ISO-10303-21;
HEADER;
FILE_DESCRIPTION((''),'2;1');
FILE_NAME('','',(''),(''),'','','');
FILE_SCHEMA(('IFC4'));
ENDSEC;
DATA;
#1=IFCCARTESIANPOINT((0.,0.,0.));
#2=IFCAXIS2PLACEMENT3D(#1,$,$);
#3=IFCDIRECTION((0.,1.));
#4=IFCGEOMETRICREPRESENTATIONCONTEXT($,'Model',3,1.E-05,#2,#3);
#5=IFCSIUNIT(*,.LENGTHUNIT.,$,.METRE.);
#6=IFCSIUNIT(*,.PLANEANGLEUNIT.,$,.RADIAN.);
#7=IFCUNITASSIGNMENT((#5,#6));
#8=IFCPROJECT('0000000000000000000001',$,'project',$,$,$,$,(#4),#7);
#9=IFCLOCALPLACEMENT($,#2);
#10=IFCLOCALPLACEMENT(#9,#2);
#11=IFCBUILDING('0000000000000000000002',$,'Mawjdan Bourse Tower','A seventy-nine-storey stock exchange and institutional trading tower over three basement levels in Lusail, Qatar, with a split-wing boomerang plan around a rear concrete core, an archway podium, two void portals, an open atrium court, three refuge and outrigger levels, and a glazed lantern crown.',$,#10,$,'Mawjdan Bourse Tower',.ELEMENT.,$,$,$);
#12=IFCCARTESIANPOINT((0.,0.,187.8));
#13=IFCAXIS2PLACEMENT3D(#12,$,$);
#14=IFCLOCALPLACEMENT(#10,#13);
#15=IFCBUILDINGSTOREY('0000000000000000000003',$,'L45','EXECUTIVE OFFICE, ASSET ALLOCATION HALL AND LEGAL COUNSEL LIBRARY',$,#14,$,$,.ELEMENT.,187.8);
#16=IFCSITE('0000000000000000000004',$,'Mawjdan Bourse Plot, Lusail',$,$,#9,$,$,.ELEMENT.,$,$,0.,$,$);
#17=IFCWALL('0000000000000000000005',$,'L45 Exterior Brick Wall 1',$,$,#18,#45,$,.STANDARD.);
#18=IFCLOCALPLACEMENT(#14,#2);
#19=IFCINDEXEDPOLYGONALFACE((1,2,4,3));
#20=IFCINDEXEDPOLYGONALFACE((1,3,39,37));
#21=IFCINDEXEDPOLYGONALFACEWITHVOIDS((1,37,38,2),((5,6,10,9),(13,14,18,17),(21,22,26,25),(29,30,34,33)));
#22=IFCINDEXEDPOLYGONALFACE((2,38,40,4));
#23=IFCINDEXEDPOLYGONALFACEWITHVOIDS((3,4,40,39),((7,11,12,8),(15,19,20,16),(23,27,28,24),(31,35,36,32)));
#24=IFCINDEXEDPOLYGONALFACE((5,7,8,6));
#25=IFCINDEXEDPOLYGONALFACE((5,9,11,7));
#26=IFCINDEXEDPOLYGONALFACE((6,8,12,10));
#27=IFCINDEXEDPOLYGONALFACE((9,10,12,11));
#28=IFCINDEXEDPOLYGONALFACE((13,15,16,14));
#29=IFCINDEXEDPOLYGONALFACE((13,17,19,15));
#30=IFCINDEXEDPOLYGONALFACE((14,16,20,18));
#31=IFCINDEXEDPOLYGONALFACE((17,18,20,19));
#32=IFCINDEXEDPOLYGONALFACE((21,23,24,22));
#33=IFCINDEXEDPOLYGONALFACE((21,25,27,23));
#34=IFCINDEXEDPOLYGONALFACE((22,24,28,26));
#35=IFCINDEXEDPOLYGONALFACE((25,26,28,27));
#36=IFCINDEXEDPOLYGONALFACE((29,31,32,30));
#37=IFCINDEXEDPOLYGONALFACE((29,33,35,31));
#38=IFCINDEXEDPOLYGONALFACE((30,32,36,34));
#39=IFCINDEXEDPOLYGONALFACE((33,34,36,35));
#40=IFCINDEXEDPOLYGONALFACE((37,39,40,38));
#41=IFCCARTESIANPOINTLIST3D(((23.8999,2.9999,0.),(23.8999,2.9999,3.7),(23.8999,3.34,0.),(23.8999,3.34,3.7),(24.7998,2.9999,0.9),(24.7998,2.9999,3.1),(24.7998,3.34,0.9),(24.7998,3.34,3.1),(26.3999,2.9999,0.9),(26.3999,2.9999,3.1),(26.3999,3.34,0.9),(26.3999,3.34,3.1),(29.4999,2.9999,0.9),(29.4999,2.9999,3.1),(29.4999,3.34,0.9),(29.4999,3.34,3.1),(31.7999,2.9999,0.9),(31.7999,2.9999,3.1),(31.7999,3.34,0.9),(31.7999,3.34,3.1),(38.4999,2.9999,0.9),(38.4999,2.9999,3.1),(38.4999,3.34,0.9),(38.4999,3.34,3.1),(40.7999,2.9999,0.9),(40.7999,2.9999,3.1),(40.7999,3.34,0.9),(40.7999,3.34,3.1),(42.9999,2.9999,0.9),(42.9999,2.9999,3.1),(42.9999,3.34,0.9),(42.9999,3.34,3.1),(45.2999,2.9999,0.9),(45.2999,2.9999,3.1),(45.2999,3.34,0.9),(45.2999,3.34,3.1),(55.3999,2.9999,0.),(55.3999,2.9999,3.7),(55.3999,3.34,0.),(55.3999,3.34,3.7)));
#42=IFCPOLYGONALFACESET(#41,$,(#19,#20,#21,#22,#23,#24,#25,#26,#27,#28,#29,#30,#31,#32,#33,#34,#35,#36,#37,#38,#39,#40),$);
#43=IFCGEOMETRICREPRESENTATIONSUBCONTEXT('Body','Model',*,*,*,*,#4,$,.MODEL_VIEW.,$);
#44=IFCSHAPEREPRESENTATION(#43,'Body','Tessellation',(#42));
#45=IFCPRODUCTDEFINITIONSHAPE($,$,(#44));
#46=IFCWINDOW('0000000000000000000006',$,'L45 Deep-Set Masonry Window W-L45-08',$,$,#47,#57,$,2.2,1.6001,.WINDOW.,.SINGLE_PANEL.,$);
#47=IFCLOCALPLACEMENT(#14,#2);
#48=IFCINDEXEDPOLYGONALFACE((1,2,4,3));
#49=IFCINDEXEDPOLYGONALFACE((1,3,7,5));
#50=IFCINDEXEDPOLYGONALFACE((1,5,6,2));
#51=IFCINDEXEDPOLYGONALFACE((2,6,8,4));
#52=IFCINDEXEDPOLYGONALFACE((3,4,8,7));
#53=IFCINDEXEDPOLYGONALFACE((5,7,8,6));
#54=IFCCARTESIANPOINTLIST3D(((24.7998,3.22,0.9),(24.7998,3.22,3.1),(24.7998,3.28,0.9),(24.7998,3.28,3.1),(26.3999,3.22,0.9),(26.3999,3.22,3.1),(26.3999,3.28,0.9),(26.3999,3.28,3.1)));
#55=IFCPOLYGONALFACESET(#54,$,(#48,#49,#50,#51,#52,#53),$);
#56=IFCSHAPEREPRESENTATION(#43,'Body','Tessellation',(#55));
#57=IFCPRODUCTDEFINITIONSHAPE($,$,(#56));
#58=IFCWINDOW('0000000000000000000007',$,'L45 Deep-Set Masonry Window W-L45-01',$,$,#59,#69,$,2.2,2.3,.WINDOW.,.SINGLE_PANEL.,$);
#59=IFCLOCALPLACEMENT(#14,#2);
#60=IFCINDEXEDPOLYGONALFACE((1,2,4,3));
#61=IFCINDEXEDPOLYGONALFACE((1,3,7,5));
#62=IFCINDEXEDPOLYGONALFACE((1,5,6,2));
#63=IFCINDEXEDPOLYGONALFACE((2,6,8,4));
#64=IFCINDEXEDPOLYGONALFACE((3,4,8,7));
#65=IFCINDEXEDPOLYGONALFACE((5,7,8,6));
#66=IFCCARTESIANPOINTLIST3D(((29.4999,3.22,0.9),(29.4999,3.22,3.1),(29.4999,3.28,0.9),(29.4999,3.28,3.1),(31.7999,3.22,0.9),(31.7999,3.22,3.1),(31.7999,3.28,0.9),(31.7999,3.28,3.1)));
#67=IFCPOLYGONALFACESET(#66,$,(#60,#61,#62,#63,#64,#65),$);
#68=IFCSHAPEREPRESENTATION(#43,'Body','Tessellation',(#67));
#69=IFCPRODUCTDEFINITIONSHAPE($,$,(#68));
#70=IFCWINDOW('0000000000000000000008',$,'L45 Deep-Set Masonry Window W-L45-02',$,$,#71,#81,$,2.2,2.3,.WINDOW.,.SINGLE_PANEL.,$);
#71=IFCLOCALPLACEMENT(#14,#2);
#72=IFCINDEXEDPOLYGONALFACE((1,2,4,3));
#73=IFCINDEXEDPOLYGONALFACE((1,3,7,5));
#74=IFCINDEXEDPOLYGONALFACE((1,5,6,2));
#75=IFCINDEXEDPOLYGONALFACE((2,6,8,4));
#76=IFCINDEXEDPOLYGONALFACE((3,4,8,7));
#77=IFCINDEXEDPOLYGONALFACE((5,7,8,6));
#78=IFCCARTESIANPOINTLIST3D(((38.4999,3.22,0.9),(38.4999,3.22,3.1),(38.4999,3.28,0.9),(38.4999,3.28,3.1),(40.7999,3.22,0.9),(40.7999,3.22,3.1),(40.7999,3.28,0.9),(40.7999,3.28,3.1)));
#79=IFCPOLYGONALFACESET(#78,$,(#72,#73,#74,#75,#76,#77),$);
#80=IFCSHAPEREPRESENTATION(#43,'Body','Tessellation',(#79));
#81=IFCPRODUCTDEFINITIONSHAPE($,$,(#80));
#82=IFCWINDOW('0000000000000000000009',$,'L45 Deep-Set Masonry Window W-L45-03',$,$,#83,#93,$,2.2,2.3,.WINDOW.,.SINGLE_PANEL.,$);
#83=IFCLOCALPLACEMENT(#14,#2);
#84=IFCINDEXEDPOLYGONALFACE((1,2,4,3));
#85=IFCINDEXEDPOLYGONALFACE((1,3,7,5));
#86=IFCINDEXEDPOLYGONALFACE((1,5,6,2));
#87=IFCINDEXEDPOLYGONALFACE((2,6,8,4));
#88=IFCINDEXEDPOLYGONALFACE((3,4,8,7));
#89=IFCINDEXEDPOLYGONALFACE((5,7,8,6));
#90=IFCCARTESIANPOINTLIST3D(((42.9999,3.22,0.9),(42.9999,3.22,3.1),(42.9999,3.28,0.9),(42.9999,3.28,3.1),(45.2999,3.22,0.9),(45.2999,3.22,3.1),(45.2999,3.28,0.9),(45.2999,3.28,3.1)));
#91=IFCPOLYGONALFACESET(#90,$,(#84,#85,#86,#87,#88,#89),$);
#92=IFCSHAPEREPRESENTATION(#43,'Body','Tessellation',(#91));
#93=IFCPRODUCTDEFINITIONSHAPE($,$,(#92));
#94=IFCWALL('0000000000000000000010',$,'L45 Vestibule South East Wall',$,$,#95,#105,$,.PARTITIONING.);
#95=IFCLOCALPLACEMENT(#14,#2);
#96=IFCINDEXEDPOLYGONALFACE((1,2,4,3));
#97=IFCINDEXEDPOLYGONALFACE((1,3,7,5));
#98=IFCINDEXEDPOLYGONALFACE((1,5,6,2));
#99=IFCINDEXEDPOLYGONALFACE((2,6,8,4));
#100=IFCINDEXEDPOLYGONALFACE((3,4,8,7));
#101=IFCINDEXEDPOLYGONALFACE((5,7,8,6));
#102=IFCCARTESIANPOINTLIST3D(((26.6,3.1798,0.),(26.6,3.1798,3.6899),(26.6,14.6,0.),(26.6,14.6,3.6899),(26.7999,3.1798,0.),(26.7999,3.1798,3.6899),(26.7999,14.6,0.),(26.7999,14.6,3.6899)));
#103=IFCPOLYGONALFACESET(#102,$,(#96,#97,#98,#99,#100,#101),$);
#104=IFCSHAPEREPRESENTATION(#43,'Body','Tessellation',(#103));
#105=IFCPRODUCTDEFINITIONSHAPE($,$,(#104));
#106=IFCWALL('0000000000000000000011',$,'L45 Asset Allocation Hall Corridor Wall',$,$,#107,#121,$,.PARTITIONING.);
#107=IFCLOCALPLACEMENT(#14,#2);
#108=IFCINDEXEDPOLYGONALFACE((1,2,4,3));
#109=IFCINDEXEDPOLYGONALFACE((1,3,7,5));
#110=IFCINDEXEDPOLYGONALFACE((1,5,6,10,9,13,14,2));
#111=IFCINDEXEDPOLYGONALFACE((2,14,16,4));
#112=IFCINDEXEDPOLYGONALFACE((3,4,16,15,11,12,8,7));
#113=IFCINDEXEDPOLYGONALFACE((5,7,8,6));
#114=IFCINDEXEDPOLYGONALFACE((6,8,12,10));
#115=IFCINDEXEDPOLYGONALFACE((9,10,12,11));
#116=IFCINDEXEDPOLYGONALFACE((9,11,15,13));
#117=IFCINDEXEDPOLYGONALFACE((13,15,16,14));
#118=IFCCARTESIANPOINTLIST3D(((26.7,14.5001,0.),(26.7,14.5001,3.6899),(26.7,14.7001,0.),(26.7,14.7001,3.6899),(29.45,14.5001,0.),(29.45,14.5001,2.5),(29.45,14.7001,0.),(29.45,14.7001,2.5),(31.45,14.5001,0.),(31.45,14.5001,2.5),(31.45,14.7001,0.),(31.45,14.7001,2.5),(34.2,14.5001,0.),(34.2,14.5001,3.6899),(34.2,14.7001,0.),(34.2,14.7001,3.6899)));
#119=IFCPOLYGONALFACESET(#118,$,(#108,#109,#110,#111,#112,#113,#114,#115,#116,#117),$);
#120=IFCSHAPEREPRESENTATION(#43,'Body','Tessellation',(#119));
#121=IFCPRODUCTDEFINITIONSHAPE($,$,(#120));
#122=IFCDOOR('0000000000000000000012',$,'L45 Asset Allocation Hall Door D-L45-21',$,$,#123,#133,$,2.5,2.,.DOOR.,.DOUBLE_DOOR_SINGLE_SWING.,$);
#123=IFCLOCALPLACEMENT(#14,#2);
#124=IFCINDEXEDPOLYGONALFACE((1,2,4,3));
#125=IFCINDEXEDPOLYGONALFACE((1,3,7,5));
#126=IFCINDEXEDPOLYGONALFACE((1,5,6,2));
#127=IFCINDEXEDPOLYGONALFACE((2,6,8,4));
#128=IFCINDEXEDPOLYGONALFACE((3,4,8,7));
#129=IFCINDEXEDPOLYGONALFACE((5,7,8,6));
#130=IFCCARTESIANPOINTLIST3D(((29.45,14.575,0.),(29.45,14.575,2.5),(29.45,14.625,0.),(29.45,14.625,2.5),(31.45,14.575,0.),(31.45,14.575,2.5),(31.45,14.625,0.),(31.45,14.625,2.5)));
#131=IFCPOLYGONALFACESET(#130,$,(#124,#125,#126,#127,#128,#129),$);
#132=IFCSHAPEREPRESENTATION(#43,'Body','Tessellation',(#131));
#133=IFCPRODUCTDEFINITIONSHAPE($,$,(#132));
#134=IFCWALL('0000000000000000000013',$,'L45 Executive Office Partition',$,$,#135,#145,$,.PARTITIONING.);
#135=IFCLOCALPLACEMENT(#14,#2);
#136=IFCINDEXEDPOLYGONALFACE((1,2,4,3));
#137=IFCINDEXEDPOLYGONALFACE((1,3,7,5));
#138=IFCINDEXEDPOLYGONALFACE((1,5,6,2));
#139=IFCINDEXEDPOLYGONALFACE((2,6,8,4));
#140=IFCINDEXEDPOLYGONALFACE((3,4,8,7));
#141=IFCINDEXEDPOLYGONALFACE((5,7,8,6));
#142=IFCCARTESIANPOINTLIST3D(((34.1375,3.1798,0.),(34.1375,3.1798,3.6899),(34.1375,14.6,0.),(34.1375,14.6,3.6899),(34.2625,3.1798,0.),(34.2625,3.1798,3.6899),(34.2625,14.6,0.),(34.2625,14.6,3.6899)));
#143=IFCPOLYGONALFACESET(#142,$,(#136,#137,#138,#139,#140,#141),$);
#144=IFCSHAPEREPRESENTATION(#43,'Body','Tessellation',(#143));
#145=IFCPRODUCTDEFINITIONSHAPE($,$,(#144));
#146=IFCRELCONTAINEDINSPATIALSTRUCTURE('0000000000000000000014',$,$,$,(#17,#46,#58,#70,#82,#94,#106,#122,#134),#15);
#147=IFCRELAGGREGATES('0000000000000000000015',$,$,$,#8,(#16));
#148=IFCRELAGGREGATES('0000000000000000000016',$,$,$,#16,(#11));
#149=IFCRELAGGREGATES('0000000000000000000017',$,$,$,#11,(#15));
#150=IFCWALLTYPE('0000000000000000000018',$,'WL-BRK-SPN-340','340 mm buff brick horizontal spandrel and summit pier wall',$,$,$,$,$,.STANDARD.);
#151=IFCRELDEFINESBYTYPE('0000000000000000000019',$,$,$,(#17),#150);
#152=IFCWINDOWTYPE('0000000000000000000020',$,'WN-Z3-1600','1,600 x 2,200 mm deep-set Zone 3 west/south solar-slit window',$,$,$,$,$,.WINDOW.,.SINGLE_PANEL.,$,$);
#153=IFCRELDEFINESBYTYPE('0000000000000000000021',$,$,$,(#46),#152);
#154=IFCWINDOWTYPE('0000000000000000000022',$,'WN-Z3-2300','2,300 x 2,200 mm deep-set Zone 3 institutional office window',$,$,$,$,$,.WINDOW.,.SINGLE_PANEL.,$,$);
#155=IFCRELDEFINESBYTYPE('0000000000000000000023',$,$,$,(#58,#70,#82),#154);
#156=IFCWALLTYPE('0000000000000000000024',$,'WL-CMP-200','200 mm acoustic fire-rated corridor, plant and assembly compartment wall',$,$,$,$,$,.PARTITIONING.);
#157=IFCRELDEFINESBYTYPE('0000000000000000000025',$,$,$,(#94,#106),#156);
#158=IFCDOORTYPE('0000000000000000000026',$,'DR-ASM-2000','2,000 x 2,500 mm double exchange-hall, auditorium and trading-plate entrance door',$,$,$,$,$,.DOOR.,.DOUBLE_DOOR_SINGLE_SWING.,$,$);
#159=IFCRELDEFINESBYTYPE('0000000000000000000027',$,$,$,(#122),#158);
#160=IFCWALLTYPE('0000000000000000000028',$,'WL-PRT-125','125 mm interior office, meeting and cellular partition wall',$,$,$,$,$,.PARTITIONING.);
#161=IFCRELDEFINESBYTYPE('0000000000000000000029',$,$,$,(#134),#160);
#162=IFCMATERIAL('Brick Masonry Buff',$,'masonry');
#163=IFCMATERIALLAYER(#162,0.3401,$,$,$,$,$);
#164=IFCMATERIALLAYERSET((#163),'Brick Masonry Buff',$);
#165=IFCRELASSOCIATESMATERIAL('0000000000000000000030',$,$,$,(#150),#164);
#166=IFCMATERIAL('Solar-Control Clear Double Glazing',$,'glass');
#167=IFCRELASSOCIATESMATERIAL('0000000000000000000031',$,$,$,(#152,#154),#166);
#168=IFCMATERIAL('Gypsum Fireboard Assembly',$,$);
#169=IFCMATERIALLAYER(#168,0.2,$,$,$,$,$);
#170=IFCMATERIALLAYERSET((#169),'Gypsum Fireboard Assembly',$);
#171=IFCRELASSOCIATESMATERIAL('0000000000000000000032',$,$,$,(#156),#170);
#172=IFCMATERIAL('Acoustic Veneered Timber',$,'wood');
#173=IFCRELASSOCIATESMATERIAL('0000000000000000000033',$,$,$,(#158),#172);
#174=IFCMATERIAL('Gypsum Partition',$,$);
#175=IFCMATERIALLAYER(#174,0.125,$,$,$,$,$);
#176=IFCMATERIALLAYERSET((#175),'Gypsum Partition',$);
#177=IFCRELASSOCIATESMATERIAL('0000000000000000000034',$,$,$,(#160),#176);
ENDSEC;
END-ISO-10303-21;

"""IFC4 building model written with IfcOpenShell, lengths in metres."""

from ifc_helpers import new_model, si_unit, direction, frame, frame_2d, origin, place, context, subcontext, project, spatial, rectangle, extrude, material, layer, layer_set, type_object, element, fill, save


model = new_model("IFC4")

# Units and contexts
model_context = context("Model", 3, precision=1e-05, world=origin(), true_north=direction((0.0, 1.0)))
body_context = subcontext(model_context, "Body", "Model", "MODEL_VIEW")
ifc_project = project(units=[si_unit("LENGTHUNIT", "METRE"), si_unit("PLANEANGLEUNIT", "RADIAN")], contexts=[model_context])

# Site, building, storey
site_placement = place(None, origin())
site = spatial("IfcSite", under=ifc_project, at=site_placement, Name="Mawjdan Bourse Plot, Lusail", CompositionType="ELEMENT", RefElevation=0.0)
building_placement = place(site_placement, origin())
building = spatial("IfcBuilding", under=site, at=building_placement, Name="Mawjdan Bourse Tower", Description="A seventy-nine-storey stock exchange and institutional trading tower over three basement levels in Lusail, Qatar, with a split-wing boomerang plan around a rear concrete core, an archway podium, two void portals, an open atrium court, three refuge and outrigger levels, and a glazed lantern crown.", LongName="Mawjdan Bourse Tower", CompositionType="ELEMENT")
storey_placement = place(building_placement, frame((0.0, 0.0, 187.8)))
storey = spatial("IfcBuildingStorey", under=building, at=storey_placement, Name="L45", Description="EXECUTIVE OFFICE, ASSET ALLOCATION HALL AND LEGAL COUNSEL LIBRARY", CompositionType="ELEMENT", Elevation=187.8)

# Wall, openings, windows
ifc_material_1 = material(Name="Brick Masonry Buff", Category="masonry")
ifc_layer_1 = layer(ifc_material_1, 0.3401)
ifc_layer_set_1 = layer_set([ifc_layer_1], Name="Brick Masonry Buff")
wall_type_1 = type_object("IfcWallType", Name="WL-BRK-SPN-340", Description="340 mm buff brick horizontal spandrel and summit pier wall", PredefinedType="STANDARD", material=ifc_layer_set_1)
wall_1_placement = place(storey_placement, frame((23.8999, 3.1699, 0.0), z_axis=(0.0, 0.0, 1.0), x_axis=(1.0, 0.0, 0.0)))
wall_1 = element("IfcWall", 1, at=wall_1_placement, inside=storey, type_object=wall_type_1, Name="L45 Exterior Brick Wall 1", PredefinedType="STANDARD", context=body_context, shape_type="SweptSolid", body=[
    extrude(rectangle(XDim=31.5, YDim=0.3401, at=frame_2d((15.75, 0.0))), origin(), (0.0, 0.0, 1.0), 3.7),
])
opening_1_placement = place(wall_1_placement, frame((5.6001, 0.0, 0.8999)))
opening_1 = element("IfcOpeningElement", 2, at=opening_1_placement, cuts=wall_1, PredefinedType="OPENING", context=body_context, shape_type="SweptSolid", body=[
    extrude(rectangle(XDim=2.3, YDim=2.2, at=frame_2d((1.1499, 1.1001))), frame((0.0, 0.1802, 0.0), z_axis=(0.0, -1.0, 0.0), x_axis=(1.0, 0.0, 0.0)), (0.0, 0.0, 1.0), 0.3601),
])
opening_2_placement = place(wall_1_placement, frame((14.6001, 0.0, 0.8999)))
opening_2 = element("IfcOpeningElement", 3, at=opening_2_placement, cuts=wall_1, PredefinedType="OPENING", context=body_context, shape_type="SweptSolid", body=[
    extrude(rectangle(XDim=2.3, YDim=2.2, at=frame_2d((1.1499, 1.1001))), frame((0.0, 0.1802, 0.0), z_axis=(0.0, -1.0, 0.0), x_axis=(1.0, 0.0, 0.0)), (0.0, 0.0, 1.0), 0.3601),
])
opening_3_placement = place(wall_1_placement, frame((19.1001, 0.0, 0.8999)))
opening_3 = element("IfcOpeningElement", 4, at=opening_3_placement, cuts=wall_1, PredefinedType="OPENING", context=body_context, shape_type="SweptSolid", body=[
    extrude(rectangle(XDim=2.3, YDim=2.2, at=frame_2d((1.1499, 1.1001))), frame((0.0, 0.1802, 0.0), z_axis=(0.0, -1.0, 0.0), x_axis=(1.0, 0.0, 0.0)), (0.0, 0.0, 1.0), 0.3601),
])
opening_4_placement = place(wall_1_placement, frame((0.8999, 0.0, 0.8999)))
opening_4 = element("IfcOpeningElement", 5, at=opening_4_placement, cuts=wall_1, PredefinedType="OPENING", context=body_context, shape_type="SweptSolid", body=[
    extrude(rectangle(XDim=1.6001, YDim=2.2, at=frame_2d((0.8, 1.1001))), frame((0.0, 0.1802, 0.0), z_axis=(0.0, -1.0, 0.0), x_axis=(1.0, 0.0, 0.0)), (0.0, 0.0, 1.0), 0.3601),
])
ifc_material_2 = material(Name="Solar-Control Clear Double Glazing", Category="glass")
window_type_1 = type_object("IfcWindowType", Name="WN-Z3-1600", Description="1,600 x 2,200 mm deep-set Zone 3 west/south solar-slit window", PartitioningType="SINGLE_PANEL", PredefinedType="WINDOW", material=ifc_material_2)
window_1_placement = place(opening_4_placement, origin())
window_1 = element("IfcWindow", 6, at=window_1_placement, inside=storey, type_object=window_type_1, Name="L45 Deep-Set Masonry Window W-L45-08", OverallHeight=2.2, OverallWidth=1.6001, PartitioningType="SINGLE_PANEL", PredefinedType="WINDOW", context=body_context, shape_type="SweptSolid", body=[
    extrude(rectangle(XDim=1.6001, YDim=2.2, at=frame_2d((0.8, 1.1001))), frame((0.0, 0.1101, 0.0), z_axis=(0.0, -1.0, 0.0), x_axis=(1.0, 0.0, 0.0)), (0.0, 0.0, 1.0), 0.0601),
])
fill(opening_4, window_1)
window_type_2 = type_object("IfcWindowType", Name="WN-Z3-2300", Description="2,300 x 2,200 mm deep-set Zone 3 institutional office window", PartitioningType="SINGLE_PANEL", PredefinedType="WINDOW", material=ifc_material_2)
window_2_placement = place(opening_1_placement, origin())
window_2 = element("IfcWindow", 7, at=window_2_placement, inside=storey, type_object=window_type_2, Name="L45 Deep-Set Masonry Window W-L45-01", OverallHeight=2.2, OverallWidth=2.3, PartitioningType="SINGLE_PANEL", PredefinedType="WINDOW", context=body_context, shape_type="SweptSolid", body=[
    extrude(rectangle(XDim=2.3, YDim=2.2, at=frame_2d((1.1499, 1.1001))), frame((0.0, 0.1101, 0.0), z_axis=(0.0, -1.0, 0.0), x_axis=(1.0, 0.0, 0.0)), (0.0, 0.0, 1.0), 0.0601),
])
fill(opening_1, window_2)
window_3_placement = place(opening_2_placement, origin())
window_3 = element("IfcWindow", 8, at=window_3_placement, inside=storey, type_object=window_type_2, Name="L45 Deep-Set Masonry Window W-L45-02", OverallHeight=2.2, OverallWidth=2.3, PartitioningType="SINGLE_PANEL", PredefinedType="WINDOW", context=body_context, shape_type="SweptSolid", body=[
    extrude(rectangle(XDim=2.3, YDim=2.2, at=frame_2d((1.1499, 1.1001))), frame((0.0, 0.1101, 0.0), z_axis=(0.0, -1.0, 0.0), x_axis=(1.0, 0.0, 0.0)), (0.0, 0.0, 1.0), 0.0601),
])
fill(opening_2, window_3)
window_4_placement = place(opening_3_placement, origin())
window_4 = element("IfcWindow", 9, at=window_4_placement, inside=storey, type_object=window_type_2, Name="L45 Deep-Set Masonry Window W-L45-03", OverallHeight=2.2, OverallWidth=2.3, PartitioningType="SINGLE_PANEL", PredefinedType="WINDOW", context=body_context, shape_type="SweptSolid", body=[
    extrude(rectangle(XDim=2.3, YDim=2.2, at=frame_2d((1.1499, 1.1001))), frame((0.0, 0.1101, 0.0), z_axis=(0.0, -1.0, 0.0), x_axis=(1.0, 0.0, 0.0)), (0.0, 0.0, 1.0), 0.0601),
])
fill(opening_3, window_4)

# Shared definitions
ifc_material_3 = material(Name="Gypsum Fireboard Assembly")
ifc_layer_2 = layer(ifc_material_3, 0.2)
ifc_layer_set_2 = layer_set([ifc_layer_2], Name="Gypsum Fireboard Assembly")
wall_type_2 = type_object("IfcWallType", Name="WL-CMP-200", Description="200 mm acoustic fire-rated corridor, plant and assembly compartment wall", PredefinedType="PARTITIONING", material=ifc_layer_set_2)

# Wall
wall_2_placement = place(storey_placement, frame((26.7, 3.1799, 0.0), z_axis=(0.0, 0.0, 1.0), x_axis=(0.0, 1.0, 0.0)))
element("IfcWall", 10, at=wall_2_placement, inside=storey, type_object=wall_type_2, Name="L45 Vestibule South East Wall", PredefinedType="PARTITIONING", context=body_context, shape_type="SweptSolid", body=[
    extrude(rectangle(XDim=11.4202, YDim=0.2, at=frame_2d((5.71, 0.0))), origin(), (0.0, 0.0, 1.0), 3.6899),
])

# Wall, opening, door
wall_3_placement = place(storey_placement, frame((26.7, 14.6001, 0.0), z_axis=(0.0, 0.0, 1.0), x_axis=(1.0, 0.0, 0.0)))
wall_3 = element("IfcWall", 11, at=wall_3_placement, inside=storey, type_object=wall_type_2, Name="L45 Asset Allocation Hall Corridor Wall", PredefinedType="PARTITIONING", context=body_context, shape_type="SweptSolid", body=[
    extrude(rectangle(XDim=7.5, YDim=0.2, at=frame_2d((3.75, 0.0))), origin(), (0.0, 0.0, 1.0), 3.6899),
])
opening_5_placement = place(wall_3_placement, frame((2.75, 0.0, 0.0)))
opening_5 = element("IfcOpeningElement", 12, at=opening_5_placement, cuts=wall_3, PredefinedType="OPENING", context=body_context, shape_type="SweptSolid", body=[
    extrude(rectangle(XDim=2.0, YDim=2.5, at=frame_2d((1.0, 1.25))), frame((0.0, 0.1099, 0.0), z_axis=(0.0, -1.0, 0.0), x_axis=(1.0, 0.0, 0.0)), (0.0, 0.0, 1.0), 0.22),
])
ifc_material_4 = material(Name="Acoustic Veneered Timber", Category="wood")
door_type_1 = type_object("IfcDoorType", Name="DR-ASM-2000", Description="2,000 x 2,500 mm double exchange-hall, auditorium and trading-plate entrance door", OperationType="DOUBLE_DOOR_SINGLE_SWING", PredefinedType="DOOR", material=ifc_material_4)
door_1_placement = place(opening_5_placement, origin())
door_1 = element("IfcDoor", 13, at=door_1_placement, inside=storey, type_object=door_type_1, Name="L45 Asset Allocation Hall Door D-L45-21", OperationType="DOUBLE_DOOR_SINGLE_SWING", OverallHeight=2.5, OverallWidth=2.0, PredefinedType="DOOR", context=body_context, shape_type="SweptSolid", body=[
    extrude(rectangle(XDim=2.0, YDim=2.5, at=frame_2d((1.0, 1.25))), frame((0.0, 0.0249, 0.0), z_axis=(0.0, -1.0, 0.0), x_axis=(1.0, 0.0, 0.0)), (0.0, 0.0, 1.0), 0.05),
])
fill(opening_5, door_1)

# Wall
ifc_material_5 = material(Name="Gypsum Partition")
ifc_layer_3 = layer(ifc_material_5, 0.125)
ifc_layer_set_3 = layer_set([ifc_layer_3], Name="Gypsum Partition")
wall_type_3 = type_object("IfcWallType", Name="WL-PRT-125", Description="125 mm interior office, meeting and cellular partition wall", PredefinedType="PARTITIONING", material=ifc_layer_set_3)
wall_4_placement = place(storey_placement, frame((34.2, 3.1799, 0.0), z_axis=(0.0, 0.0, 1.0), x_axis=(0.0, 1.0, 0.0)))
element("IfcWall", 14, at=wall_4_placement, inside=storey, type_object=wall_type_3, Name="L45 Executive Office Partition", PredefinedType="PARTITIONING", context=body_context, shape_type="SweptSolid", body=[
    extrude(rectangle(XDim=11.4202, YDim=0.125, at=frame_2d((5.71, 0.0))), origin(), (0.0, 0.0, 1.0), 3.6899),
])

save(model, "model.ifc")
